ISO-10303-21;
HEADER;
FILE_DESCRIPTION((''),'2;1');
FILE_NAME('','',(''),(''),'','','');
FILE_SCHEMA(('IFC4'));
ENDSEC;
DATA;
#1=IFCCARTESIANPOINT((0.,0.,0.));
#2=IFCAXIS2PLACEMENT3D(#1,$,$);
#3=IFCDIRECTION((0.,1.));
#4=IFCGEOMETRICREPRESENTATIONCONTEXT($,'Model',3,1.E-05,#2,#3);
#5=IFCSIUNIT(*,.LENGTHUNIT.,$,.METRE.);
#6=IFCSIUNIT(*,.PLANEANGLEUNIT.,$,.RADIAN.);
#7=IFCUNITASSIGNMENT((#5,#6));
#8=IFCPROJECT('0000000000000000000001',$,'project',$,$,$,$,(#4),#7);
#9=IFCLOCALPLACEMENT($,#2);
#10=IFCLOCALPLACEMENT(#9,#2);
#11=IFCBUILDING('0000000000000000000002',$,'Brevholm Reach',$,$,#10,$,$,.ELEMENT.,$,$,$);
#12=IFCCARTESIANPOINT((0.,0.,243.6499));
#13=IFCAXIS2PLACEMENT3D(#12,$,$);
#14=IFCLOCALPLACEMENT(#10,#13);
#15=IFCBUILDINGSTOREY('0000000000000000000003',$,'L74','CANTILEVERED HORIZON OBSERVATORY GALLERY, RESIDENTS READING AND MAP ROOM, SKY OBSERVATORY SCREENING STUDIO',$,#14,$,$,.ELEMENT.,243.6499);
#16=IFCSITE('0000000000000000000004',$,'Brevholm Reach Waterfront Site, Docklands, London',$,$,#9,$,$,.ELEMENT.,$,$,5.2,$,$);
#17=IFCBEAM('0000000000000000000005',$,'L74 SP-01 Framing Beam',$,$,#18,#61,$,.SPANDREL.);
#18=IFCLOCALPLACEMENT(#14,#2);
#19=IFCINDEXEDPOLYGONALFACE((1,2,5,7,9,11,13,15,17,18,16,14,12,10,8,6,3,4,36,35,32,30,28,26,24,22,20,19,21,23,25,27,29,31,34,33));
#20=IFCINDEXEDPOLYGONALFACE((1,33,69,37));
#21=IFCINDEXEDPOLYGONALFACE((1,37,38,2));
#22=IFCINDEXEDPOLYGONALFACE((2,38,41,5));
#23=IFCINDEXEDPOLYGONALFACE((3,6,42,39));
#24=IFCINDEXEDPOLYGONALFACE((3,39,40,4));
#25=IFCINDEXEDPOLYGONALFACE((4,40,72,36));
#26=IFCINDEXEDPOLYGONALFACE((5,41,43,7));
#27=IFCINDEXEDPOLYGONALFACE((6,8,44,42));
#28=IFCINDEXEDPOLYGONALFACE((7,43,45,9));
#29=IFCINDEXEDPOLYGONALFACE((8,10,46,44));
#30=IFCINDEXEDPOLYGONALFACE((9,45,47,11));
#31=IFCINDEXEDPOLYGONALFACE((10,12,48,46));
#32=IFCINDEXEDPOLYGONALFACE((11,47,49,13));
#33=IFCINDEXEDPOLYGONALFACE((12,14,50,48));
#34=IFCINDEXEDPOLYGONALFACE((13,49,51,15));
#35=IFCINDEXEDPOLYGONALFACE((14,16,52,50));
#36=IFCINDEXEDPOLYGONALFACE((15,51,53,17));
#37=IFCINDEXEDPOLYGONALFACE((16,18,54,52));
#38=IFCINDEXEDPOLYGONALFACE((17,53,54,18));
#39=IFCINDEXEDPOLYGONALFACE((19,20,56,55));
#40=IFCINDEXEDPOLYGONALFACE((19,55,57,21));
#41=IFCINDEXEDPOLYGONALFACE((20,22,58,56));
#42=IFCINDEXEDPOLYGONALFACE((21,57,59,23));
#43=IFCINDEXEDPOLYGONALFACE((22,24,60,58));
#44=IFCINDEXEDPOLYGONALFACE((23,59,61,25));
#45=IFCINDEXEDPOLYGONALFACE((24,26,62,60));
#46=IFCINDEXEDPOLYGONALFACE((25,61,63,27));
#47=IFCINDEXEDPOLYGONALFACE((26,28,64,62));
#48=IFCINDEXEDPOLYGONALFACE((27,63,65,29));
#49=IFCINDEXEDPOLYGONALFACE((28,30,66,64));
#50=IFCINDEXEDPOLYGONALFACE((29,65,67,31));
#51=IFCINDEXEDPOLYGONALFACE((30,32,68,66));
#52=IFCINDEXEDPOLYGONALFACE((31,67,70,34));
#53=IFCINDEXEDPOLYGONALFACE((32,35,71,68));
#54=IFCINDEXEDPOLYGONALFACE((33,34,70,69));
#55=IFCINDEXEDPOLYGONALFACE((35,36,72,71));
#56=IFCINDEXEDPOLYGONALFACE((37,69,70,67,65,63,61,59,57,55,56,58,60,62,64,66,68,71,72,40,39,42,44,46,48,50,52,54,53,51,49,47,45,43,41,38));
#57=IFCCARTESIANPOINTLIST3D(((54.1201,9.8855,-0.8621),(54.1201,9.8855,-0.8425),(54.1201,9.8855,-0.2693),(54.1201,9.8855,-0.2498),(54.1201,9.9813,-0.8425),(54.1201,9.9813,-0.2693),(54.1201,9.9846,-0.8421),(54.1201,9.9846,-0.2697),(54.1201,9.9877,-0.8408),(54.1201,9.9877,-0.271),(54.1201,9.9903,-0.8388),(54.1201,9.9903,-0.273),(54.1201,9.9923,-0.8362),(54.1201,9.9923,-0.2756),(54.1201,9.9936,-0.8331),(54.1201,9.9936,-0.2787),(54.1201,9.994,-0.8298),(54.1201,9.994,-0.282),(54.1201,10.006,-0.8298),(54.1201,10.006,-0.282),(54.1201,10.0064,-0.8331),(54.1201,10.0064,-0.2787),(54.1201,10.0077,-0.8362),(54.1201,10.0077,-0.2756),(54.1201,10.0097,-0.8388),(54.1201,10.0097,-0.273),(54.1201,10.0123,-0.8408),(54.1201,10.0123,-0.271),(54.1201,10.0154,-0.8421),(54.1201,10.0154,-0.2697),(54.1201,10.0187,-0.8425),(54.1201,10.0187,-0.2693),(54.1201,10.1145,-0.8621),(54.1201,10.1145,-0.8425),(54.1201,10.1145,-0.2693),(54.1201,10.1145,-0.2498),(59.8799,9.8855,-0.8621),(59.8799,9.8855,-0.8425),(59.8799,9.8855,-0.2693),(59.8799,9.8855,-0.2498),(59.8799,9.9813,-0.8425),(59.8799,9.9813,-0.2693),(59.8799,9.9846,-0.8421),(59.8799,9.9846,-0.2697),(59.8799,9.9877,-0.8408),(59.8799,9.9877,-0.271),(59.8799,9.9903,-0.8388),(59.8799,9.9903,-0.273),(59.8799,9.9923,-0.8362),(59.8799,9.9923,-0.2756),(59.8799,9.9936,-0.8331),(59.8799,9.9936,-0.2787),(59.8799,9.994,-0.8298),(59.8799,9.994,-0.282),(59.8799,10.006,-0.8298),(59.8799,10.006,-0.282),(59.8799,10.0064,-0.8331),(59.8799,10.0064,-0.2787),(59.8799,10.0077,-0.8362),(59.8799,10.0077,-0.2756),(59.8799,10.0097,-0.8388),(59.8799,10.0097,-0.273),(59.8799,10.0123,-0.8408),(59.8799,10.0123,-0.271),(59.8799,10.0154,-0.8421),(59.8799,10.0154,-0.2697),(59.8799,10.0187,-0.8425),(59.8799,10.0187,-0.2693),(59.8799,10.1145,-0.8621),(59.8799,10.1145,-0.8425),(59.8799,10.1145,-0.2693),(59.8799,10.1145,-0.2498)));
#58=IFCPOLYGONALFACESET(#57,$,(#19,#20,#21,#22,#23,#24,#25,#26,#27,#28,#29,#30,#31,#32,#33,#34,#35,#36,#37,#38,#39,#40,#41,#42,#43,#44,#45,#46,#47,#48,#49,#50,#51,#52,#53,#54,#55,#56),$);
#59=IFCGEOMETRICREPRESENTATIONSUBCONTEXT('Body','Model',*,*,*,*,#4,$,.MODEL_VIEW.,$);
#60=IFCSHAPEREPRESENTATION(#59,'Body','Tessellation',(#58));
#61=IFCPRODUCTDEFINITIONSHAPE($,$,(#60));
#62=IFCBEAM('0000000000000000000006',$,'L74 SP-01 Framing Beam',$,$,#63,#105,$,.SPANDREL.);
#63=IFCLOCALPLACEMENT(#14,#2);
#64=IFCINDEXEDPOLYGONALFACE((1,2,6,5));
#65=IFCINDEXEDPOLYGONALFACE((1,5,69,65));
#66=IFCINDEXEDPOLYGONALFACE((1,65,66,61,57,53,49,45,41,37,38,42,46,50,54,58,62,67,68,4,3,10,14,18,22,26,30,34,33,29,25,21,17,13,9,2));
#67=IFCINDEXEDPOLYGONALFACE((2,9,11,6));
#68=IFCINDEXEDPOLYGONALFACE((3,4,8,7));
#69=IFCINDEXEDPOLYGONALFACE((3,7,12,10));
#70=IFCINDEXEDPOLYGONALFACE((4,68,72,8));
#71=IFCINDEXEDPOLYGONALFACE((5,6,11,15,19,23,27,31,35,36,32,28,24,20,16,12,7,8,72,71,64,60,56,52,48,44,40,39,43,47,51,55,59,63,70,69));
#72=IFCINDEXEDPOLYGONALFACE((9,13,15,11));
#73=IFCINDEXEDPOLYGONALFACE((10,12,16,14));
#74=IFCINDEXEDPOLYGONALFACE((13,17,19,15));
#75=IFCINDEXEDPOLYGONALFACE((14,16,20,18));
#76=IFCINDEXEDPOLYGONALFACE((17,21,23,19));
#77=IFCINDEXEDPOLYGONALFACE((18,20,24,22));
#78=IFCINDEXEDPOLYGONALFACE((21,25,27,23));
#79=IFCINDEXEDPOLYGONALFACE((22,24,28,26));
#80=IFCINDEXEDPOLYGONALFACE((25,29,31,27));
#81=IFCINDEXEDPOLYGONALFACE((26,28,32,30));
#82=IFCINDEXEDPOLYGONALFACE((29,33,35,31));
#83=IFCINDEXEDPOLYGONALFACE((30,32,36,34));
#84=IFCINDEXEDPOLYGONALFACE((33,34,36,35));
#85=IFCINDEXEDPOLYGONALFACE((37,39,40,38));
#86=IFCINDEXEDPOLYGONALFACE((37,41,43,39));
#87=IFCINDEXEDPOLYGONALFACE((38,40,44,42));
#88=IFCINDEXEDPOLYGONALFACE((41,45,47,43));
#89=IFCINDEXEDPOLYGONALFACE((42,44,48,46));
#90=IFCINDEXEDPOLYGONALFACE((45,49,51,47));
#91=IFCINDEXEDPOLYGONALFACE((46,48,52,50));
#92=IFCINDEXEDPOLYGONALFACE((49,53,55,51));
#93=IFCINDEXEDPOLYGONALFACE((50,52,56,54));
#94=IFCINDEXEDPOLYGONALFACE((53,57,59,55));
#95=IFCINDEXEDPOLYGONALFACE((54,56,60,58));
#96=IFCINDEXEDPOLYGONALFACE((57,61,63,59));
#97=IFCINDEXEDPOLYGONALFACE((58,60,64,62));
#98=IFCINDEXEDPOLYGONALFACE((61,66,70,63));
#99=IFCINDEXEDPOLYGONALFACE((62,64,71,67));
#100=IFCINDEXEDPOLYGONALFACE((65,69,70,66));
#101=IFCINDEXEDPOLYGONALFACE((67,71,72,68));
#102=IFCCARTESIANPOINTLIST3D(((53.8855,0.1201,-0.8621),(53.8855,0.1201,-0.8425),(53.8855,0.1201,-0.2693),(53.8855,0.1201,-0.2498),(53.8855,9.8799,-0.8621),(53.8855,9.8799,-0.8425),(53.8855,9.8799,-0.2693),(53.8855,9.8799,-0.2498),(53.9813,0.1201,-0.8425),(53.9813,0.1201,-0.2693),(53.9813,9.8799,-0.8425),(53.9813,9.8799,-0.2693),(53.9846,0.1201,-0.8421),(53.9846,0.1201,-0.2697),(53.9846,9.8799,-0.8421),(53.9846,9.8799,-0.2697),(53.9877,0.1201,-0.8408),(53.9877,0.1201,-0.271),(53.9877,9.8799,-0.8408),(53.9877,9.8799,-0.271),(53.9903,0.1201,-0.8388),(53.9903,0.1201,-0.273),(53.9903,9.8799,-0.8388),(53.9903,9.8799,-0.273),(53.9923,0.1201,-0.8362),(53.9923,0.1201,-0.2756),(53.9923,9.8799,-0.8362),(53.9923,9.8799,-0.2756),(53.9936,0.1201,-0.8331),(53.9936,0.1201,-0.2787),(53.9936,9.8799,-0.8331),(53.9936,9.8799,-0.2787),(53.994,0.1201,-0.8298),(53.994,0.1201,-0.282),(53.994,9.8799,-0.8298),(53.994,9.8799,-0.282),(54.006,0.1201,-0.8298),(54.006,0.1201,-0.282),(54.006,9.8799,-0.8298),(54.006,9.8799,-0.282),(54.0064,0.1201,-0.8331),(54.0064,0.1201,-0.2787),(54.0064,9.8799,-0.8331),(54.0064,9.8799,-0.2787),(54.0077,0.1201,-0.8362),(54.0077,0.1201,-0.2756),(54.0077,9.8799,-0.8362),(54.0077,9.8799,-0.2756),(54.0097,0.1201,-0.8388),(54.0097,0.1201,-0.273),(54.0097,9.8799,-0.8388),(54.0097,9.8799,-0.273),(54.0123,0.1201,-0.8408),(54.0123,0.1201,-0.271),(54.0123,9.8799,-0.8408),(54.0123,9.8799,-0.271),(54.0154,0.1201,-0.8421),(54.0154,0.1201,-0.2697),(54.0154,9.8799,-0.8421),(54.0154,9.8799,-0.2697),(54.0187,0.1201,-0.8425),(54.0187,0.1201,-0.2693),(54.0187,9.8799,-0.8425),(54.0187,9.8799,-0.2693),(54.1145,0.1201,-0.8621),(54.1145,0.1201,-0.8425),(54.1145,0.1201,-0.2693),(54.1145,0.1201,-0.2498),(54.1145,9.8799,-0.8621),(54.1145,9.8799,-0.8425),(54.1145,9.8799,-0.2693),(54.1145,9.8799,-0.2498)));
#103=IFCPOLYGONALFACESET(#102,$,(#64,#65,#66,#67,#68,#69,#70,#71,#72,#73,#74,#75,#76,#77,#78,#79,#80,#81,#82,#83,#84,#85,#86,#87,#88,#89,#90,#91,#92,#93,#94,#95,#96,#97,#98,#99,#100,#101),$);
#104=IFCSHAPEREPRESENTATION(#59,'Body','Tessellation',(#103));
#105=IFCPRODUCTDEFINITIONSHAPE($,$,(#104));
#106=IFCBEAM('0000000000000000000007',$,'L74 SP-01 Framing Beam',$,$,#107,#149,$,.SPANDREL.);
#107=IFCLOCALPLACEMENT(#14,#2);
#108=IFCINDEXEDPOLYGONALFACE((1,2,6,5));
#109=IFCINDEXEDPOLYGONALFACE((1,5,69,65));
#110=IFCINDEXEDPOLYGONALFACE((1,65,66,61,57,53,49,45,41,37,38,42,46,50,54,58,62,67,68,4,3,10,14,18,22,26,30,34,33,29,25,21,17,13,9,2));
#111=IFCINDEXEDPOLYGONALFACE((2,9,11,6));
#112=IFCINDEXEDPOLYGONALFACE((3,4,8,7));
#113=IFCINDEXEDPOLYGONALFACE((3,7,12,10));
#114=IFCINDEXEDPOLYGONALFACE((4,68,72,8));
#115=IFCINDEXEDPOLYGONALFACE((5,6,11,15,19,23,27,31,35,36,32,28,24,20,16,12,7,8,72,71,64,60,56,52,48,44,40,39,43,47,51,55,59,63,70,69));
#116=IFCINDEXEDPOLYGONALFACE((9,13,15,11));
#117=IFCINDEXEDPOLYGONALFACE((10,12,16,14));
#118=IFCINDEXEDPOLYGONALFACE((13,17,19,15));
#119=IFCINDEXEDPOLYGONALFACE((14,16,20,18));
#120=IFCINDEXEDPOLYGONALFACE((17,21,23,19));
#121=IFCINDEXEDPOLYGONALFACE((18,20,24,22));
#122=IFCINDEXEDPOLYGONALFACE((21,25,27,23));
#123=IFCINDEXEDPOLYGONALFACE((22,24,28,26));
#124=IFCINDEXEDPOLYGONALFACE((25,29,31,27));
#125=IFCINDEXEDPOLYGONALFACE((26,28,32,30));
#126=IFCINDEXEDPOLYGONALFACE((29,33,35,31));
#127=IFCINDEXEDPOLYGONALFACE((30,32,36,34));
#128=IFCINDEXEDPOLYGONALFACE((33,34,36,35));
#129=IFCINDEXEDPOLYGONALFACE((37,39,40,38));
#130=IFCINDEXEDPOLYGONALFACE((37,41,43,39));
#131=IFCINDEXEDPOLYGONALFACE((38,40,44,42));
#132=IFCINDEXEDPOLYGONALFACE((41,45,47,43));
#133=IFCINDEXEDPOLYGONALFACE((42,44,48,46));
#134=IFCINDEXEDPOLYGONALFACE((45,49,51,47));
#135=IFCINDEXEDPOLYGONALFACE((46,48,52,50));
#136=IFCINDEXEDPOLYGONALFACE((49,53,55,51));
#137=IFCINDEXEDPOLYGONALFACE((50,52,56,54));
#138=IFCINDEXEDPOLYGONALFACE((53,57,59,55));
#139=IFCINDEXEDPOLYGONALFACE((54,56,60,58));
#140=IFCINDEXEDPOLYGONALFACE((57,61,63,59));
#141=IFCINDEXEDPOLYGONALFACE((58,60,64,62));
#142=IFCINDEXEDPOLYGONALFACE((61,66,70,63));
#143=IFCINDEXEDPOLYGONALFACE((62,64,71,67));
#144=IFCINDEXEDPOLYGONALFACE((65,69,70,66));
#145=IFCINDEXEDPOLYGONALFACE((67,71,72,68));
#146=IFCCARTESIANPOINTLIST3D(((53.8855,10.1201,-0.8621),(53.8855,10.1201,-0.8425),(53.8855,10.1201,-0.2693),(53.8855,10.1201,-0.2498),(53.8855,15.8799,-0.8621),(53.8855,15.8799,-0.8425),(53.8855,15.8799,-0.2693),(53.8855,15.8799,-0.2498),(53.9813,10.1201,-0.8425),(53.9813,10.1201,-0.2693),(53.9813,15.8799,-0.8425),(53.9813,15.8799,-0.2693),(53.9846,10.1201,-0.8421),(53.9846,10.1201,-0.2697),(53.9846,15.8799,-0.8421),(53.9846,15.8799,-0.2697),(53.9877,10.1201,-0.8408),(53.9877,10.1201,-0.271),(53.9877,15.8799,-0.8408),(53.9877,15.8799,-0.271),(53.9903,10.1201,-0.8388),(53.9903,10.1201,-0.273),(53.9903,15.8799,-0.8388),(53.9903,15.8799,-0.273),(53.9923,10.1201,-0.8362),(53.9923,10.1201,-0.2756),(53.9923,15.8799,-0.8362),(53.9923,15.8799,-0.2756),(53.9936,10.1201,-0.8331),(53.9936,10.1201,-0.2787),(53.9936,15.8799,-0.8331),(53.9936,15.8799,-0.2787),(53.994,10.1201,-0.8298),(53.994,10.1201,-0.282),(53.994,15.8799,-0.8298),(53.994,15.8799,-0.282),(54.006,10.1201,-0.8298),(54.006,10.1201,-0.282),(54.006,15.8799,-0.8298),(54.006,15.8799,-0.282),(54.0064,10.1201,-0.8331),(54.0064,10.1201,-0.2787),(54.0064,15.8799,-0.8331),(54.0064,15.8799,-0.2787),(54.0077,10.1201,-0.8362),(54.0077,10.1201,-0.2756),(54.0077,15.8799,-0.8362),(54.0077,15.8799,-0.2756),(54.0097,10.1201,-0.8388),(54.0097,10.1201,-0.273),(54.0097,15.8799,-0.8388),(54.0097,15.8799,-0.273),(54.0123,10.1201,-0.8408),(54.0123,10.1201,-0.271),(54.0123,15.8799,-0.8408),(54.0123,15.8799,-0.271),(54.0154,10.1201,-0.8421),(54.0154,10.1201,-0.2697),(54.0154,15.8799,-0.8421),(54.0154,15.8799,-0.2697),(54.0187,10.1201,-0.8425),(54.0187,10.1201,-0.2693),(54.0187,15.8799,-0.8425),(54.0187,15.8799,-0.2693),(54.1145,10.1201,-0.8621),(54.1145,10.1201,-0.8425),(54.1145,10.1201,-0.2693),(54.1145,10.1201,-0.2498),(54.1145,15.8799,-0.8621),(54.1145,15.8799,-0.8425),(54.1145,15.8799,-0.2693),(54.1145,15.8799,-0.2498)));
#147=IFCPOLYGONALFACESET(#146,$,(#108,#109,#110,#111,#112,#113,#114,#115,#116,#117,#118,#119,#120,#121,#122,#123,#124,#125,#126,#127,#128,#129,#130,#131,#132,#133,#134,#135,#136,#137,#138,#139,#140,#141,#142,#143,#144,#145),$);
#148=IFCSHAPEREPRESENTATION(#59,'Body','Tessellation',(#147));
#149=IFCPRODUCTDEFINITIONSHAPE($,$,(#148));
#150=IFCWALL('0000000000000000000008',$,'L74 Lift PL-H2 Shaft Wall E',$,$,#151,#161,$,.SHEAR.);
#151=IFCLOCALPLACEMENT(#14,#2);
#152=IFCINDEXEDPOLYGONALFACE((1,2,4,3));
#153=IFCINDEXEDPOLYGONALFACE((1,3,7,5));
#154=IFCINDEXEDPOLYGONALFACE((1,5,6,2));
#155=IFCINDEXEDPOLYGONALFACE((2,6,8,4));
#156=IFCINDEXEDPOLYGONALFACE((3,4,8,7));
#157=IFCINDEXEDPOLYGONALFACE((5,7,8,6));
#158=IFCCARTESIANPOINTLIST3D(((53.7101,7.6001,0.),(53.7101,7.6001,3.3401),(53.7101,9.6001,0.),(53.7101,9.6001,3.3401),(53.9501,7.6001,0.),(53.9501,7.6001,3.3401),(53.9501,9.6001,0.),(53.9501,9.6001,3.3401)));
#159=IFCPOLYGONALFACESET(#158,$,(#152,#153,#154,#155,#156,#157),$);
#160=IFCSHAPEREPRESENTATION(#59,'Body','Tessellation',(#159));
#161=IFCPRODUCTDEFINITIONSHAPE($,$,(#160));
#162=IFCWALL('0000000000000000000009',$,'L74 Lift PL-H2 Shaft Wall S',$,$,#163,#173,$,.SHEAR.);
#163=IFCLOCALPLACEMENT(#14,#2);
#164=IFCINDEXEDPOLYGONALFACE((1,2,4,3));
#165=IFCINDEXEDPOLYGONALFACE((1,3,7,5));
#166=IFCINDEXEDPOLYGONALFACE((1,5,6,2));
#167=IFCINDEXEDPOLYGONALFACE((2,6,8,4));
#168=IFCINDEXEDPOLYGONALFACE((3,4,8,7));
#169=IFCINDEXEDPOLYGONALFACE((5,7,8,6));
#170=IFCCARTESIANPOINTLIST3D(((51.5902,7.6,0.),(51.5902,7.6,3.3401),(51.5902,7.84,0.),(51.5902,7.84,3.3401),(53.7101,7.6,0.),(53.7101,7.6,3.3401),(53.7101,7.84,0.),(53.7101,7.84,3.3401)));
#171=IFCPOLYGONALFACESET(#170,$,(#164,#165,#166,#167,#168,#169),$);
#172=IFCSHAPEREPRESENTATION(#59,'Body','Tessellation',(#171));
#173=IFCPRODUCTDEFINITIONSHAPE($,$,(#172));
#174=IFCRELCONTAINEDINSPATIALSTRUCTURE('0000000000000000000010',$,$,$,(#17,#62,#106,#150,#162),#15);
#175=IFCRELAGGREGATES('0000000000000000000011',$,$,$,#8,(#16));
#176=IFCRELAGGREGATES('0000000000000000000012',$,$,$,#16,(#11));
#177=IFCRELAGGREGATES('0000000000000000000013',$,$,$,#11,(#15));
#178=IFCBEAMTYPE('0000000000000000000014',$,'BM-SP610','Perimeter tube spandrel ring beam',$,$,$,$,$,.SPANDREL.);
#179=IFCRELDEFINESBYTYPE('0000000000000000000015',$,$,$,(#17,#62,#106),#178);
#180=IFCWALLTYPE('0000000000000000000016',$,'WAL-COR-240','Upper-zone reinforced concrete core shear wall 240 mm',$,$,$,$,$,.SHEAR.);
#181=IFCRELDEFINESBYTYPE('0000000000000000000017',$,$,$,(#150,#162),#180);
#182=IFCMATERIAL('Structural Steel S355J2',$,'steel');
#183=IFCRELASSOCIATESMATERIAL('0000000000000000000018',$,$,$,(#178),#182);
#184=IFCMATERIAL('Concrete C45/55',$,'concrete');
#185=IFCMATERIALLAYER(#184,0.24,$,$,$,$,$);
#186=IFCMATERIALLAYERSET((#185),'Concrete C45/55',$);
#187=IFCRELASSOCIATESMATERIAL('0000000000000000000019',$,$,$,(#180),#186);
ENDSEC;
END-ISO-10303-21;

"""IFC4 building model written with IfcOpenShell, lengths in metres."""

from ifc_helpers import new_model, si_unit, direction, frame, frame_2d, origin, origin_2d, place, context, subcontext, project, spatial, rectangle, i_section, extrude, material, layer, layer_set, material_profile, profile_set, type_object, element, save


model = new_model("IFC4")

# Units and contexts
model_context = context("Model", 3, precision=1e-05, world=origin(), true_north=direction((0.0, 1.0)))
body_context = subcontext(model_context, "Body", "Model", "MODEL_VIEW")
ifc_project = project(units=[si_unit("LENGTHUNIT", "METRE"), si_unit("PLANEANGLEUNIT", "RADIAN")], contexts=[model_context])

# Site, building, storey
site_placement = place(None, origin())
site = spatial("IfcSite", under=ifc_project, at=site_placement, Name="Brevholm Reach Waterfront Site, Docklands, London", CompositionType="ELEMENT", RefElevation=5.2)
building_placement = place(site_placement, origin())
building = spatial("IfcBuilding", under=site, at=building_placement, Name="Brevholm Reach", CompositionType="ELEMENT")
storey_placement = place(building_placement, frame((0.0, 0.0, 243.6499)))
storey = spatial("IfcBuildingStorey", under=building, at=storey_placement, Name="L74", Description="CANTILEVERED HORIZON OBSERVATORY GALLERY, RESIDENTS READING AND MAP ROOM, SKY OBSERVATORY SCREENING STUDIO", CompositionType="ELEMENT", Elevation=243.6499)

# Beams
ifc_material_1 = material(Name="Structural Steel S355J2", Category="steel")
ifc_material_profile_1 = material_profile(ifc_material_1, i_section(OverallWidth=0.229, OverallDepth=0.6123, WebThickness=0.012, FlangeThickness=0.0195, FilletRadius=0.0127, at=origin_2d()), Name="UKB 610x229x125")
ifc_profile_set_1 = profile_set([ifc_material_profile_1], Name="Structural Steel S355J2")
beam_type = type_object("IfcBeamType", Name="BM-SP610", Description="Perimeter tube spandrel ring beam", PredefinedType="SPANDREL", material=ifc_profile_set_1)
beam_1_placement = place(storey_placement, frame((54.1201, 10.0, -0.5559), z_axis=(1.0, 0.0, 0.0), x_axis=(0.0, 1.0, 0.0)))
element("IfcBeam", 1, at=beam_1_placement, inside=storey, type_object=beam_type, Name="L74 SP-01 Framing Beam", PredefinedType="SPANDREL", context=body_context, shape_type="SweptSolid", body=[
    extrude(i_section(OverallWidth=0.229, OverallDepth=0.6123, WebThickness=0.012, FlangeThickness=0.0195, FilletRadius=0.0127, at=origin_2d()), origin(), (0.0, 0.0, 1.0), 5.7598),
])
beam_2_placement = place(storey_placement, frame((54.0, 0.1201, -0.5559), z_axis=(0.0, 1.0, 0.0), x_axis=(-1.0, 0.0, 0.0)))
element("IfcBeam", 2, at=beam_2_placement, inside=storey, type_object=beam_type, Name="L74 SP-01 Framing Beam", PredefinedType="SPANDREL", context=body_context, shape_type="SweptSolid", body=[
    extrude(i_section(OverallWidth=0.229, OverallDepth=0.6123, WebThickness=0.012, FlangeThickness=0.0195, FilletRadius=0.0127, at=origin_2d()), origin(), (0.0, 0.0, 1.0), 9.7598),
])
beam_3_placement = place(storey_placement, frame((54.0, 10.1201, -0.5559), z_axis=(0.0, 1.0, 0.0), x_axis=(-1.0, 0.0, 0.0)))
element("IfcBeam", 3, at=beam_3_placement, inside=storey, type_object=beam_type, Name="L74 SP-01 Framing Beam", PredefinedType="SPANDREL", context=body_context, shape_type="SweptSolid", body=[
    extrude(i_section(OverallWidth=0.229, OverallDepth=0.6123, WebThickness=0.012, FlangeThickness=0.0195, FilletRadius=0.0127, at=origin_2d()), origin(), (0.0, 0.0, 1.0), 5.7598),
])

# Walls
ifc_material_2 = material(Name="Concrete C45/55", Category="concrete")
ifc_layer_1 = layer(ifc_material_2, 0.24)
ifc_layer_set_1 = layer_set([ifc_layer_1], Name="Concrete C45/55")
wall_type_1 = type_object("IfcWallType", Name="WAL-COR-240", Description="Upper-zone reinforced concrete core shear wall 240 mm", PredefinedType="SHEAR", material=ifc_layer_set_1)
wall_1_placement = place(storey_placement, frame((53.8301, 7.6001, 0.0), z_axis=(0.0, 0.0, 1.0), x_axis=(0.0, 1.0, 0.0)))
element("IfcWall", 4, at=wall_1_placement, inside=storey, type_object=wall_type_1, Name="L74 Lift PL-H2 Shaft Wall E", PredefinedType="SHEAR", context=body_context, shape_type="SweptSolid", body=[
    extrude(rectangle(XDim=2.0, YDim=0.24, at=frame_2d((1.0, 0.0))), origin(), (0.0, 0.0, 1.0), 3.3401),
])
wall_2_placement = place(storey_placement, frame((51.5901, 7.72, 0.0), z_axis=(0.0, 0.0, 1.0), x_axis=(1.0, 0.0, 0.0)))
element("IfcWall", 5, at=wall_2_placement, inside=storey, type_object=wall_type_1, Name="L74 Lift PL-H2 Shaft Wall S", PredefinedType="SHEAR", context=body_context, shape_type="SweptSolid", body=[
    extrude(rectangle(XDim=2.1199, YDim=0.24, at=frame_2d((1.0601, 0.0))), origin(), (0.0, 0.0, 1.0), 3.3401),
])

save(model, "model.ifc")
